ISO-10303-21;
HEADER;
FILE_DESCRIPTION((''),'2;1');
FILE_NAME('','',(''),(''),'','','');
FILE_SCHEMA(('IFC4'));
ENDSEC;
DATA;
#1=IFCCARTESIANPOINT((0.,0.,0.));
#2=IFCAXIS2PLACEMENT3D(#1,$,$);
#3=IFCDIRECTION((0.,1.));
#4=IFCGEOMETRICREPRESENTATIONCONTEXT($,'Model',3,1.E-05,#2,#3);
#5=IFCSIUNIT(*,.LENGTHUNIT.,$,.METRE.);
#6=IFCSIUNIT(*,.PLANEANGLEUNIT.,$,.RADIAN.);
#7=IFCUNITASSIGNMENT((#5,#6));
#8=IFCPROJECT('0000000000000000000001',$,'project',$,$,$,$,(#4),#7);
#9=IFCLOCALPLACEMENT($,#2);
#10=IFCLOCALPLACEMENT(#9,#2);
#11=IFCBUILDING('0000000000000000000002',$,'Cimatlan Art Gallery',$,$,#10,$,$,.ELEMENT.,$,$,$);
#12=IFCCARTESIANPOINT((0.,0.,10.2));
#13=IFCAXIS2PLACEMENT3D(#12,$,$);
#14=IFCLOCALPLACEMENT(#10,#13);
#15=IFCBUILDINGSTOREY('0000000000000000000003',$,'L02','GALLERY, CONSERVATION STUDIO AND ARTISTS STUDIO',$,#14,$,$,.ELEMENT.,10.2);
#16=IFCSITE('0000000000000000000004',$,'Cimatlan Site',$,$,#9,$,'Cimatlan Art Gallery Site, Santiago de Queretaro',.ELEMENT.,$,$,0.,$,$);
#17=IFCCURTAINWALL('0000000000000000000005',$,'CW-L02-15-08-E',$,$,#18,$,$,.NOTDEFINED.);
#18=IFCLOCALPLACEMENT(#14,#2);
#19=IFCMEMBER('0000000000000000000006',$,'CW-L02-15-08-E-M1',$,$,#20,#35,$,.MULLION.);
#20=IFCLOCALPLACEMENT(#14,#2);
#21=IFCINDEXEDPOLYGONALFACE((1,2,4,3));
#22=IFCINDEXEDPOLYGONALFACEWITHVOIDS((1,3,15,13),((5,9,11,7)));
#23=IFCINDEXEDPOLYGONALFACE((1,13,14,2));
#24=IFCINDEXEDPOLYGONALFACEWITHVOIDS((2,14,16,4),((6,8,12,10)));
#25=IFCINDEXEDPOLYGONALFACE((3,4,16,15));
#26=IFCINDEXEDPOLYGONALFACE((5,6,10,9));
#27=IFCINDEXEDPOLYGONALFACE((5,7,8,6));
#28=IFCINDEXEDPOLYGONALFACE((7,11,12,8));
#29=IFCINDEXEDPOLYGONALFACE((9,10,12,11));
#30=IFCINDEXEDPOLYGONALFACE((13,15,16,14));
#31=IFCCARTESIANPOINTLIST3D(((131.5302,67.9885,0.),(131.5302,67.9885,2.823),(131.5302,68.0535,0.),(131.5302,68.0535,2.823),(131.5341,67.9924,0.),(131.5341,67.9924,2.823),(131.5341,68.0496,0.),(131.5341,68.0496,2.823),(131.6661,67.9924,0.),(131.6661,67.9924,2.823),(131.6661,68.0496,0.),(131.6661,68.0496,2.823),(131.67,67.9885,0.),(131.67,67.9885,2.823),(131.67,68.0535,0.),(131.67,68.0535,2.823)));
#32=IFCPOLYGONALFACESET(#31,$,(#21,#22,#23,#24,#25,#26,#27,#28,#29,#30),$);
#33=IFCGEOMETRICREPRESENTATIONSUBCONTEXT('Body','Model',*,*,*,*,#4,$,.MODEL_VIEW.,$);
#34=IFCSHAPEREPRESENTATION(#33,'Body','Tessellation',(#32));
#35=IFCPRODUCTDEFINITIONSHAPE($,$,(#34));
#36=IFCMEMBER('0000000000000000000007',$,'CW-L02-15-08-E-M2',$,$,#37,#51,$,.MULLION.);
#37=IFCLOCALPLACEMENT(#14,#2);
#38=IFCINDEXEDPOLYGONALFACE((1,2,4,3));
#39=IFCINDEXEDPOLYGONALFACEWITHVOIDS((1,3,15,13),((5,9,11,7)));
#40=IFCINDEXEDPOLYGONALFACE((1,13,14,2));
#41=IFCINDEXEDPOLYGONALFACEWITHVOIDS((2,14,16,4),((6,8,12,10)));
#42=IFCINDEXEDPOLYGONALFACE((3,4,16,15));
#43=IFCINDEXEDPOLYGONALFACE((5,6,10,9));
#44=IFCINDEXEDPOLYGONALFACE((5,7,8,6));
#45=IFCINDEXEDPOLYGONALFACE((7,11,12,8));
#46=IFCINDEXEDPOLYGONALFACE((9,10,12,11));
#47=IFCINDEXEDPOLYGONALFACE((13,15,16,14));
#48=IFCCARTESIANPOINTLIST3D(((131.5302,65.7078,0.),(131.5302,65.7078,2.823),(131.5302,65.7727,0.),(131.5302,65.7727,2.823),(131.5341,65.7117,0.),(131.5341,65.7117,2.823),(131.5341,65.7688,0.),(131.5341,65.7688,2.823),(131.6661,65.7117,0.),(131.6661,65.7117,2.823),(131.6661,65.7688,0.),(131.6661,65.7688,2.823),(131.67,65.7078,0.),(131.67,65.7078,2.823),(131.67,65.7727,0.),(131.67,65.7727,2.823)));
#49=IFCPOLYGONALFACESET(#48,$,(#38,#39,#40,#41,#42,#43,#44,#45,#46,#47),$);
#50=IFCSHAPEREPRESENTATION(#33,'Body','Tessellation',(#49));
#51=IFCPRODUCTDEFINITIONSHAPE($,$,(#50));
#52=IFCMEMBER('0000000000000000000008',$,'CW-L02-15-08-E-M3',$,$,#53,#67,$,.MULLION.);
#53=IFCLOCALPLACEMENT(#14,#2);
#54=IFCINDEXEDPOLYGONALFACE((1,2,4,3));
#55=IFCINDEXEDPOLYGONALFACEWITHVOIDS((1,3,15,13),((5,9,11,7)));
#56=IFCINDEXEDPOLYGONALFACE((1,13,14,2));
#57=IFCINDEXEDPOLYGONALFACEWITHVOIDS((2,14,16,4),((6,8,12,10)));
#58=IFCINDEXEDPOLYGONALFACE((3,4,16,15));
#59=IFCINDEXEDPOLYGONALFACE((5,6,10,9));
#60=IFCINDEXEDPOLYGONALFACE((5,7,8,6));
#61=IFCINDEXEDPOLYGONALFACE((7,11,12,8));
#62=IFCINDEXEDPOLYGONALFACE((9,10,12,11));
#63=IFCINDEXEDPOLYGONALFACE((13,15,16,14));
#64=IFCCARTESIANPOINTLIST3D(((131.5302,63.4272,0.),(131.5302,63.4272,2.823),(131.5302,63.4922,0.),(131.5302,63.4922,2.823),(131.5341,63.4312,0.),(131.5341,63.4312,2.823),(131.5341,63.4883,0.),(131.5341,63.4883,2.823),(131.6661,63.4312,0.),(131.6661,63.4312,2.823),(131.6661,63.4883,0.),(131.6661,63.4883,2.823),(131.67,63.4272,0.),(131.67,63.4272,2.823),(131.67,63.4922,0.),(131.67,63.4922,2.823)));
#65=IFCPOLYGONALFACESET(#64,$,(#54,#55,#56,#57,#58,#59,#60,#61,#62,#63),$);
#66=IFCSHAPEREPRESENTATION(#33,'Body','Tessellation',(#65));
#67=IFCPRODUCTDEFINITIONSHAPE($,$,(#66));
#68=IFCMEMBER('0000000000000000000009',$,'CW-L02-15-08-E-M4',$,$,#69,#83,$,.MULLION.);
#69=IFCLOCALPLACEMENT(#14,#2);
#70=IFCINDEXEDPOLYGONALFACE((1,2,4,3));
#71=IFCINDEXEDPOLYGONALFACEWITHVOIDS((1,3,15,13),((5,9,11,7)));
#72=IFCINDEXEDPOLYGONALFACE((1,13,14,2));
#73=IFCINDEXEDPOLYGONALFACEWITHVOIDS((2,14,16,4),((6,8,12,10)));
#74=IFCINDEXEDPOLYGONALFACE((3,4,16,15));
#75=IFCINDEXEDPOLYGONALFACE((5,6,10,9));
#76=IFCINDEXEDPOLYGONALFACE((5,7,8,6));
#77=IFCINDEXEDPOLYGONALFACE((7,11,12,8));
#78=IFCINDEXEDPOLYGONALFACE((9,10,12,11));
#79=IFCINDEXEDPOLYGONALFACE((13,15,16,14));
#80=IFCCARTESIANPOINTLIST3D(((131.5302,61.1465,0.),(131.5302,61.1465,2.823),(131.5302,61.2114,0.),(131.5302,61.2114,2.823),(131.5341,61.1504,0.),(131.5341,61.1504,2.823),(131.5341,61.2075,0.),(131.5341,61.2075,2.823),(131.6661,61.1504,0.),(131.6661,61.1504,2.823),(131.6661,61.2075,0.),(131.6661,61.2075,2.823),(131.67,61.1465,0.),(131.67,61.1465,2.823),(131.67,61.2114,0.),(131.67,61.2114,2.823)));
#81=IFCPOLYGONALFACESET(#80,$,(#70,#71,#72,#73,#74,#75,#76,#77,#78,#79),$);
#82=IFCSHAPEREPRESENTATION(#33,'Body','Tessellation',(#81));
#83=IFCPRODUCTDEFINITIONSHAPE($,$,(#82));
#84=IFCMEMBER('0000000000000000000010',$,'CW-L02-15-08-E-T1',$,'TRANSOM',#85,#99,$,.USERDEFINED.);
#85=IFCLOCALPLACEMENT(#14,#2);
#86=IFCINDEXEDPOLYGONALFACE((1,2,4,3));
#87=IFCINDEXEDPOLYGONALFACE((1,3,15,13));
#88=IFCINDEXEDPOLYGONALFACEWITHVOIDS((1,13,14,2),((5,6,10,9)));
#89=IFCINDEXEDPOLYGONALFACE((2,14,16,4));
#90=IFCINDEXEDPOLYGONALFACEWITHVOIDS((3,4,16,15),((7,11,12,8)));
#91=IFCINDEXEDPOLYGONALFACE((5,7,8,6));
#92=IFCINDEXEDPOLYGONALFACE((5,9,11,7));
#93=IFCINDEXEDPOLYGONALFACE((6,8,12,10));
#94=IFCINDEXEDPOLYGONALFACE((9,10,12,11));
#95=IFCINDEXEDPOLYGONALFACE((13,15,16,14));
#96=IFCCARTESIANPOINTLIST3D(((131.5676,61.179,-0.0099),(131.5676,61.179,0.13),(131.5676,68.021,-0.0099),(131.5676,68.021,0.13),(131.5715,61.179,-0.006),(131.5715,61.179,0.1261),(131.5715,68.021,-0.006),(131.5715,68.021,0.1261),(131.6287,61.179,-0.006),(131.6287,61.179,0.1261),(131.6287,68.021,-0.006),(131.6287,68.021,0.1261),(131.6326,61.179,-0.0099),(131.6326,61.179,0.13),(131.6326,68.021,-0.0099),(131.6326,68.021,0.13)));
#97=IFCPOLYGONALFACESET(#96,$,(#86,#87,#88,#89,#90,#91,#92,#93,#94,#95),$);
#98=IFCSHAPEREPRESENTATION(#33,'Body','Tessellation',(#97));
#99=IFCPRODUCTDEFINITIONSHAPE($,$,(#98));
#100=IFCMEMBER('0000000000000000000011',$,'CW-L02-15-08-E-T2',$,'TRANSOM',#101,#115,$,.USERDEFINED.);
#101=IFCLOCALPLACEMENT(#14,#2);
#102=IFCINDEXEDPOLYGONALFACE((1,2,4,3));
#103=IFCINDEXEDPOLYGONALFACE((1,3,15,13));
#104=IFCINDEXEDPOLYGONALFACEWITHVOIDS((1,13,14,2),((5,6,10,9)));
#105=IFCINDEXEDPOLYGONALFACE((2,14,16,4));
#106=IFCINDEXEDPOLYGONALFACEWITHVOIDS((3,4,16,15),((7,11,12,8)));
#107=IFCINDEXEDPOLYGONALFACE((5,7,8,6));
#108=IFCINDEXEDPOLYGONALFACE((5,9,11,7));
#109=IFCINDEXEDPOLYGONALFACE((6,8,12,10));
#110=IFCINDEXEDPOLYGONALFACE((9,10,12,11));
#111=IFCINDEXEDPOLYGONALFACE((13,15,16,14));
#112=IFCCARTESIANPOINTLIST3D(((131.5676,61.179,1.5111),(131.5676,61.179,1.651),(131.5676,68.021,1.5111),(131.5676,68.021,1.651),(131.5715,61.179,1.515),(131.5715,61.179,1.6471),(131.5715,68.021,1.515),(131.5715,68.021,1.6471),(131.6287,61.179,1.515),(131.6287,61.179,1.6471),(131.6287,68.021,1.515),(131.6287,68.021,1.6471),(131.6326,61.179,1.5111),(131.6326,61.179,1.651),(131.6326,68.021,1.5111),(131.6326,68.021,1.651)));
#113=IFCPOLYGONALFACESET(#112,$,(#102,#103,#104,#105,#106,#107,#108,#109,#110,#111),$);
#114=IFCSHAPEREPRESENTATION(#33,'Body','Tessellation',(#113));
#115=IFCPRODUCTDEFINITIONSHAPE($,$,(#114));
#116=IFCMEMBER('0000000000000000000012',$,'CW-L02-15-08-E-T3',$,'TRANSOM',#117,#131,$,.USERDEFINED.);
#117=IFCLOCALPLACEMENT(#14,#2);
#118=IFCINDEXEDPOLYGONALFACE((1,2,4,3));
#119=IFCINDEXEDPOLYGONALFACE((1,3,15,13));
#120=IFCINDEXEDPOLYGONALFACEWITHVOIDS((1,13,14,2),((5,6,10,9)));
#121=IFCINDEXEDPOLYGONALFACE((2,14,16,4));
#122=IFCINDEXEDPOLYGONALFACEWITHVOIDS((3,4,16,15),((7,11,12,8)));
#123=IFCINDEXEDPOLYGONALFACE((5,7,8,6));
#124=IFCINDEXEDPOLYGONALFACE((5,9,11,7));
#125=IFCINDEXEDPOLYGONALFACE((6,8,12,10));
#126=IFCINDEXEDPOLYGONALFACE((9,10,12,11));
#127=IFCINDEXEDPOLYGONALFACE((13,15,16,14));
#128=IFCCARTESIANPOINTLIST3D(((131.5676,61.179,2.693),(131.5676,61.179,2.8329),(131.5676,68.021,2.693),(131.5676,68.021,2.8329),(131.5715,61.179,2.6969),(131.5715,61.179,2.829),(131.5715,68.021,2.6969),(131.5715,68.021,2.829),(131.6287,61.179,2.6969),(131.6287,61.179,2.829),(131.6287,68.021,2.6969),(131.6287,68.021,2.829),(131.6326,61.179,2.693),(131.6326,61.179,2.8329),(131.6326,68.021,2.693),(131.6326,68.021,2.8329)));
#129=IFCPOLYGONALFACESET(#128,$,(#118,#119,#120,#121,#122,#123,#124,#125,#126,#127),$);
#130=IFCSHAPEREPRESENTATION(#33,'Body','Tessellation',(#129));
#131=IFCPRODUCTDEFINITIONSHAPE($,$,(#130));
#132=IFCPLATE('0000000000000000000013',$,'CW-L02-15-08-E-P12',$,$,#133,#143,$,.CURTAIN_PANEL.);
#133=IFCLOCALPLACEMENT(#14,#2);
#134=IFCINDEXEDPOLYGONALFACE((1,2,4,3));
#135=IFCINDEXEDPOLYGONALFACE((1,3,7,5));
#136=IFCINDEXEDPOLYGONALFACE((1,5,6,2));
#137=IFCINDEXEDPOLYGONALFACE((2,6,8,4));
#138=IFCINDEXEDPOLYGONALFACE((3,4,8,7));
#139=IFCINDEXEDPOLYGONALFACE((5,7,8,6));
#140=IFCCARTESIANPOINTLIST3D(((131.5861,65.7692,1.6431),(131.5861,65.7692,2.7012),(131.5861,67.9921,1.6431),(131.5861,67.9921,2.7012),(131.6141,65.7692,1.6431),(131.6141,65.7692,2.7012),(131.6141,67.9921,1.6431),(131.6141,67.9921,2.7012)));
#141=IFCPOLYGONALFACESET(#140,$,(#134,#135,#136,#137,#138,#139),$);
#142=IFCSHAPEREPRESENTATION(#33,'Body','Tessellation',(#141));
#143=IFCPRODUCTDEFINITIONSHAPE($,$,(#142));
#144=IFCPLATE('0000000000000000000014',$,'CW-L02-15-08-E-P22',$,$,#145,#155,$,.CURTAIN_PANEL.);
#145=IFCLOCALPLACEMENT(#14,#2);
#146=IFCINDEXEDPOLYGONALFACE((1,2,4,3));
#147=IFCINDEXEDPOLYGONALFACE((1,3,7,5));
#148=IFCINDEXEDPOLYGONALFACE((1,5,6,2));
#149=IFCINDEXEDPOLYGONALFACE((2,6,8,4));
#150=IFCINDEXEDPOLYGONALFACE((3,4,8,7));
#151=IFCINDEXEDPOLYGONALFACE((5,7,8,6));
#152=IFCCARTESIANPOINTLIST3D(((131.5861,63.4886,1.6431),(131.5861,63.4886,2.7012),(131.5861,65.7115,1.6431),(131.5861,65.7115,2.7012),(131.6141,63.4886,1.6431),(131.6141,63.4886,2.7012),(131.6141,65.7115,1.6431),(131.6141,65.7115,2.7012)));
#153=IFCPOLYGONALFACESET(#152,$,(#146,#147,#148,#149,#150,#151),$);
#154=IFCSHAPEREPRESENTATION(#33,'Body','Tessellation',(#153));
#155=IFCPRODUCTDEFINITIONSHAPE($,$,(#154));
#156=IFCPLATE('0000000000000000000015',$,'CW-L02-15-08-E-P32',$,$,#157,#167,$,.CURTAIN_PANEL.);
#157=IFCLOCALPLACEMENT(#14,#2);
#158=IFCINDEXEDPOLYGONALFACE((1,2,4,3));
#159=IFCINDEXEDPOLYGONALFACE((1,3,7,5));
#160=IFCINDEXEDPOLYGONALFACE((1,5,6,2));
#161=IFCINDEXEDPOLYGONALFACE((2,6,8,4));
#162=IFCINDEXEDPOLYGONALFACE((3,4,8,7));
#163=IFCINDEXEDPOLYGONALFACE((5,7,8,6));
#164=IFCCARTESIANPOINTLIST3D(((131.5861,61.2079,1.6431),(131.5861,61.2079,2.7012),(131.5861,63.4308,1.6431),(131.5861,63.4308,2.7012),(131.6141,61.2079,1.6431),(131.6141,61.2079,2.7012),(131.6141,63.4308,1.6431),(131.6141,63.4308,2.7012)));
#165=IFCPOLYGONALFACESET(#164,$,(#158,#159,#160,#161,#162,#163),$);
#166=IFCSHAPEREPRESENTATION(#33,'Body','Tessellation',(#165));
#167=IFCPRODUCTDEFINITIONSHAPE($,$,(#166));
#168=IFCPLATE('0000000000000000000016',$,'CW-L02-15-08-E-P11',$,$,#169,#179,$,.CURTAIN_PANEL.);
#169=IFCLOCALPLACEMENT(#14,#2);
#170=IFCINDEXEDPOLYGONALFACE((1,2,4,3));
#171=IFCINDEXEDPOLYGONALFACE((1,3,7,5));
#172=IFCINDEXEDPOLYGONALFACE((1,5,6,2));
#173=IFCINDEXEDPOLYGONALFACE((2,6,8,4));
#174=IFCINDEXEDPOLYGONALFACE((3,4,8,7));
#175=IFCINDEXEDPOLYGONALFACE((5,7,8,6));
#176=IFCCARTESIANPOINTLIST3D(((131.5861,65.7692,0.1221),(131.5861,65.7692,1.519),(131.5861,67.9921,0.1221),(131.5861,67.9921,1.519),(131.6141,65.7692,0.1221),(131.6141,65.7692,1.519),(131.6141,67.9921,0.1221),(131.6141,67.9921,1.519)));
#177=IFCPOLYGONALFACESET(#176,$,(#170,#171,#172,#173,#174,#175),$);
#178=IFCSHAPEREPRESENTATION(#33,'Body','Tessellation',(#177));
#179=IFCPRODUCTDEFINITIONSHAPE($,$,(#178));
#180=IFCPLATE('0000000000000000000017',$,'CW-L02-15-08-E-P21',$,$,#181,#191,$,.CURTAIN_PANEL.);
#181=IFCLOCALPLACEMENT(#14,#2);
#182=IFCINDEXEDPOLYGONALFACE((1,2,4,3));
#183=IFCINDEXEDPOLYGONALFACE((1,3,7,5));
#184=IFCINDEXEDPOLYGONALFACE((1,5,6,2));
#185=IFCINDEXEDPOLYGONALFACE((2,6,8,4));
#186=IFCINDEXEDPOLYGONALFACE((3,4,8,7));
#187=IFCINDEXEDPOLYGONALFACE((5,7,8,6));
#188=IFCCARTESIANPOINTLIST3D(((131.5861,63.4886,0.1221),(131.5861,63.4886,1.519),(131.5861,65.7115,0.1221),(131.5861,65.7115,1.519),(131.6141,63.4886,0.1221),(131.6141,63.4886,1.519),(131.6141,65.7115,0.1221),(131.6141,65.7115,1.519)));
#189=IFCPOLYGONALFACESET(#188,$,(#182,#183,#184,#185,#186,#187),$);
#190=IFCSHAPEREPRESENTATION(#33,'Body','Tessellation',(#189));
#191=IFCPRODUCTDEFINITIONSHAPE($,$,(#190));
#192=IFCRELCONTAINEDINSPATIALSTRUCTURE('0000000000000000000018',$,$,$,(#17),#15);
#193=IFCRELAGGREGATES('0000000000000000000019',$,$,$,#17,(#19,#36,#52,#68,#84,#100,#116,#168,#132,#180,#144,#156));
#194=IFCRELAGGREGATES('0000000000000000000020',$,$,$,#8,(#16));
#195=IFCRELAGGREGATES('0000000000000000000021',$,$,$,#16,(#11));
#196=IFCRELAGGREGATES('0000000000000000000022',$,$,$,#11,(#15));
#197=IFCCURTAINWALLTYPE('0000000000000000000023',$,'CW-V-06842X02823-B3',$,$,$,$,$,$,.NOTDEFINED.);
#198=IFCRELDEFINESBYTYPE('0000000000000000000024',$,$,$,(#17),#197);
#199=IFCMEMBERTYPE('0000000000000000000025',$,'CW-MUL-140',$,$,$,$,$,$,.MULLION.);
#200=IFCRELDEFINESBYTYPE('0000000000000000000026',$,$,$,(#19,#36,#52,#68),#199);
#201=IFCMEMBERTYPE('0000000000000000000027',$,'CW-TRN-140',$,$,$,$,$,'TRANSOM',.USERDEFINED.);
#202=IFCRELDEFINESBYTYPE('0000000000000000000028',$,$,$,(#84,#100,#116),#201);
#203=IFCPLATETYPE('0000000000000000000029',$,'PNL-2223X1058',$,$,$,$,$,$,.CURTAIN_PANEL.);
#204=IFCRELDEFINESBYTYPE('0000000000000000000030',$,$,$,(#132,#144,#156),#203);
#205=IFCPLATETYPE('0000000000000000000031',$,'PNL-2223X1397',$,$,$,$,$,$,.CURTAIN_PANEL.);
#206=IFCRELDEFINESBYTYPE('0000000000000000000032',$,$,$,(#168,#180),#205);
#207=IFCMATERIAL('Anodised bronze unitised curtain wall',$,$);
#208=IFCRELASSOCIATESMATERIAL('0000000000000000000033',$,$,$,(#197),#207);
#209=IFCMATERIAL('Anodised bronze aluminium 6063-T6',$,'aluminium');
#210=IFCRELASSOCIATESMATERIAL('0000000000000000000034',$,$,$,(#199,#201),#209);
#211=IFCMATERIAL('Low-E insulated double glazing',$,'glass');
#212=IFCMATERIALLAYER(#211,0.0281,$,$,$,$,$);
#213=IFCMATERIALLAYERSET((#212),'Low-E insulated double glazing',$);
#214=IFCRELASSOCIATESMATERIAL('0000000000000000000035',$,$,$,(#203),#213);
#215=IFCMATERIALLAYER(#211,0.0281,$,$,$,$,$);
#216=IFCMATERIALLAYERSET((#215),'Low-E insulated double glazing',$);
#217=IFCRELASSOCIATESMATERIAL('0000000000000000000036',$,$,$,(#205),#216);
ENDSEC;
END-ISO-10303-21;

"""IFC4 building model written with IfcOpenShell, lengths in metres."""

from ifc_helpers import new_model, si_unit, direction, frame, origin, origin_2d, place, context, subcontext, project, spatial, rectangle, hollow_rectangle, extrude, material, layer, layer_set, material_profile, profile_set, type_object, element, aggregate, save


model = new_model("IFC4")

# Units and contexts
model_context = context("Model", 3, precision=1e-05, world=origin(), true_north=direction((0.0, 1.0)))
body_context = subcontext(model_context, "Body", "Model", "MODEL_VIEW")
ifc_project = project(units=[si_unit("LENGTHUNIT", "METRE"), si_unit("PLANEANGLEUNIT", "RADIAN")], contexts=[model_context])

# Site, building, storey
site_placement = place(None, origin())
site = spatial("IfcSite", under=ifc_project, at=site_placement, Name="Cimatlan Site", LongName="Cimatlan Art Gallery Site, Santiago de Queretaro", CompositionType="ELEMENT", RefElevation=0.0)
building_placement = place(site_placement, origin())
building = spatial("IfcBuilding", under=site, at=building_placement, Name="Cimatlan Art Gallery", CompositionType="ELEMENT")
storey_placement = place(building_placement, frame((0.0, 0.0, 10.2)))
storey = spatial("IfcBuildingStorey", under=building, at=storey_placement, Name="L02", Description="GALLERY, CONSERVATION STUDIO AND ARTISTS STUDIO", CompositionType="ELEMENT", Elevation=10.2)

# Curtain wall, members, plates
ifc_material_1 = material(Name="Anodised bronze unitised curtain wall")
curtain_wall_type = type_object("IfcCurtainWallType", Name="CW-V-06842X02823-B3", PredefinedType="NOTDEFINED", material=ifc_material_1)
curtain_wall_placement = place(storey_placement, origin())
curtain_wall = element("IfcCurtainWall", 1, at=curtain_wall_placement, inside=storey, type_object=curtain_wall_type, Name="CW-L02-15-08-E", PredefinedType="NOTDEFINED")
ifc_material_2 = material(Name="Anodised bronze aluminium 6063-T6", Category="aluminium")
ifc_material_profile_1 = material_profile(ifc_material_2, hollow_rectangle(XDim=0.0649, YDim=0.1399, WallThickness=0.0039, at=origin_2d()), Name="ALU65X140X4")
ifc_profile_set_1 = profile_set([ifc_material_profile_1], Name="Anodised bronze aluminium 6063-T6")
member_type_1 = type_object("IfcMemberType", Name="CW-MUL-140", PredefinedType="MULLION", material=ifc_profile_set_1)
member_1_placement = place(storey_placement, frame((131.6001, 68.021, 0.0), z_axis=(0.0, 0.0, 1.0), x_axis=(0.0, 1.0, 0.0)))
member_1 = element("IfcMember", 2, at=member_1_placement, type_object=member_type_1, Name="CW-L02-15-08-E-M1", PredefinedType="MULLION", context=body_context, shape_type="SweptSolid", body=[
    extrude(hollow_rectangle(XDim=0.0649, YDim=0.1399, WallThickness=0.0039, at=origin_2d()), origin(), (0.0, 0.0, 1.0), 2.823),
])
member_2_placement = place(storey_placement, frame((131.6001, 65.7402, 0.0), z_axis=(0.0, 0.0, 1.0), x_axis=(0.0, 1.0, 0.0)))
member_2 = element("IfcMember", 3, at=member_2_placement, type_object=member_type_1, Name="CW-L02-15-08-E-M2", PredefinedType="MULLION", context=body_context, shape_type="SweptSolid", body=[
    extrude(hollow_rectangle(XDim=0.0649, YDim=0.1399, WallThickness=0.0039, at=origin_2d()), origin(), (0.0, 0.0, 1.0), 2.823),
])
member_3_placement = place(storey_placement, frame((131.6001, 63.4597, 0.0), z_axis=(0.0, 0.0, 1.0), x_axis=(0.0, 1.0, 0.0)))
member_3 = element("IfcMember", 4, at=member_3_placement, type_object=member_type_1, Name="CW-L02-15-08-E-M3", PredefinedType="MULLION", context=body_context, shape_type="SweptSolid", body=[
    extrude(hollow_rectangle(XDim=0.0649, YDim=0.1399, WallThickness=0.0039, at=origin_2d()), origin(), (0.0, 0.0, 1.0), 2.823),
])
member_4_placement = place(storey_placement, frame((131.6001, 61.179, 0.0), z_axis=(0.0, 0.0, 1.0), x_axis=(0.0, 1.0, 0.0)))
member_4 = element("IfcMember", 5, at=member_4_placement, type_object=member_type_1, Name="CW-L02-15-08-E-M4", PredefinedType="MULLION", context=body_context, shape_type="SweptSolid", body=[
    extrude(hollow_rectangle(XDim=0.0649, YDim=0.1399, WallThickness=0.0039, at=origin_2d()), origin(), (0.0, 0.0, 1.0), 2.823),
])
ifc_material_profile_2 = material_profile(ifc_material_2, hollow_rectangle(XDim=0.0649, YDim=0.1399, WallThickness=0.0039, at=origin_2d()), Name="ALU65X140X4")
ifc_profile_set_2 = profile_set([ifc_material_profile_2], Name="Anodised bronze aluminium 6063-T6")
member_type_2 = type_object("IfcMemberType", Name="CW-TRN-140", ElementType="TRANSOM", PredefinedType="USERDEFINED", material=ifc_profile_set_2)
member_5_placement = place(storey_placement, frame((131.6001, 68.021, 0.0601), z_axis=(0.0, -1.0, 0.0), x_axis=(1.0, 0.0, 0.0)))
member_5 = element("IfcMember", 6, at=member_5_placement, type_object=member_type_2, Name="CW-L02-15-08-E-T1", ObjectType="TRANSOM", PredefinedType="USERDEFINED", context=body_context, shape_type="SweptSolid", body=[
    extrude(hollow_rectangle(XDim=0.0649, YDim=0.1399, WallThickness=0.0039, at=origin_2d()), origin(), (0.0, 0.0, 1.0), 6.842),
])
member_6_placement = place(storey_placement, frame((131.6001, 68.021, 1.5811), z_axis=(0.0, -1.0, 0.0), x_axis=(1.0, 0.0, 0.0)))
member_6 = element("IfcMember", 7, at=member_6_placement, type_object=member_type_2, Name="CW-L02-15-08-E-T2", ObjectType="TRANSOM", PredefinedType="USERDEFINED", context=body_context, shape_type="SweptSolid", body=[
    extrude(hollow_rectangle(XDim=0.0649, YDim=0.1399, WallThickness=0.0039, at=origin_2d()), origin(), (0.0, 0.0, 1.0), 6.842),
])
member_7_placement = place(storey_placement, frame((131.6001, 68.021, 2.7629), z_axis=(0.0, -1.0, 0.0), x_axis=(1.0, 0.0, 0.0)))
member_7 = element("IfcMember", 8, at=member_7_placement, type_object=member_type_2, Name="CW-L02-15-08-E-T3", ObjectType="TRANSOM", PredefinedType="USERDEFINED", context=body_context, shape_type="SweptSolid", body=[
    extrude(hollow_rectangle(XDim=0.0649, YDim=0.1399, WallThickness=0.0039, at=origin_2d()), origin(), (0.0, 0.0, 1.0), 6.842),
])
ifc_material_3 = material(Name="Low-E insulated double glazing", Category="glass")
ifc_layer_1 = layer(ifc_material_3, 0.0281)
ifc_layer_set_1 = layer_set([ifc_layer_1], Name="Low-E insulated double glazing")
plate_type_1 = type_object("IfcPlateType", Name="PNL-2223X1058", PredefinedType="CURTAIN_PANEL", material=ifc_layer_set_1)
plate_1_placement = place(storey_placement, frame((131.6001, 66.8806, 1.6431), z_axis=(0.0, 0.0, 1.0), x_axis=(0.0, -1.0, 0.0)))
plate_1 = element("IfcPlate", 9, at=plate_1_placement, type_object=plate_type_1, Name="CW-L02-15-08-E-P12", PredefinedType="CURTAIN_PANEL", context=body_context, shape_type="SweptSolid", body=[
    extrude(rectangle(XDim=2.2229, YDim=0.0281, at=origin_2d()), origin(), (0.0, 0.0, 1.0), 1.0581),
])
plate_2_placement = place(storey_placement, frame((131.6001, 64.6001, 1.6431), z_axis=(0.0, 0.0, 1.0), x_axis=(0.0, -1.0, 0.0)))
plate_2 = element("IfcPlate", 10, at=plate_2_placement, type_object=plate_type_1, Name="CW-L02-15-08-E-P22", PredefinedType="CURTAIN_PANEL", context=body_context, shape_type="SweptSolid", body=[
    extrude(rectangle(XDim=2.2229, YDim=0.0281, at=origin_2d()), origin(), (0.0, 0.0, 1.0), 1.0581),
])
plate_3_placement = place(storey_placement, frame((131.6001, 62.3193, 1.6431), z_axis=(0.0, 0.0, 1.0), x_axis=(0.0, -1.0, 0.0)))
plate_3 = element("IfcPlate", 11, at=plate_3_placement, type_object=plate_type_1, Name="CW-L02-15-08-E-P32", PredefinedType="CURTAIN_PANEL", context=body_context, shape_type="SweptSolid", body=[
    extrude(rectangle(XDim=2.2229, YDim=0.0281, at=origin_2d()), origin(), (0.0, 0.0, 1.0), 1.0581),
])
ifc_layer_2 = layer(ifc_material_3, 0.0281)
ifc_layer_set_2 = layer_set([ifc_layer_2], Name="Low-E insulated double glazing")
plate_type_2 = type_object("IfcPlateType", Name="PNL-2223X1397", PredefinedType="CURTAIN_PANEL", material=ifc_layer_set_2)
plate_4_placement = place(storey_placement, frame((131.6001, 66.8806, 0.1221), z_axis=(0.0, 0.0, 1.0), x_axis=(0.0, -1.0, 0.0)))
plate_4 = element("IfcPlate", 12, at=plate_4_placement, type_object=plate_type_2, Name="CW-L02-15-08-E-P11", PredefinedType="CURTAIN_PANEL", context=body_context, shape_type="SweptSolid", body=[
    extrude(rectangle(XDim=2.2229, YDim=0.0281, at=origin_2d()), origin(), (0.0, 0.0, 1.0), 1.397),
])
plate_5_placement = place(storey_placement, frame((131.6001, 64.6001, 0.1221), z_axis=(0.0, 0.0, 1.0), x_axis=(0.0, -1.0, 0.0)))
plate_5 = element("IfcPlate", 13, at=plate_5_placement, type_object=plate_type_2, Name="CW-L02-15-08-E-P21", PredefinedType="CURTAIN_PANEL", context=body_context, shape_type="SweptSolid", body=[
    extrude(rectangle(XDim=2.2229, YDim=0.0281, at=origin_2d()), origin(), (0.0, 0.0, 1.0), 1.397),
])
aggregate(curtain_wall, [member_1, member_2, member_3, member_4, member_5, member_6, member_7, plate_4, plate_1, plate_5, plate_2, plate_3])

save(model, "model.ifc")
